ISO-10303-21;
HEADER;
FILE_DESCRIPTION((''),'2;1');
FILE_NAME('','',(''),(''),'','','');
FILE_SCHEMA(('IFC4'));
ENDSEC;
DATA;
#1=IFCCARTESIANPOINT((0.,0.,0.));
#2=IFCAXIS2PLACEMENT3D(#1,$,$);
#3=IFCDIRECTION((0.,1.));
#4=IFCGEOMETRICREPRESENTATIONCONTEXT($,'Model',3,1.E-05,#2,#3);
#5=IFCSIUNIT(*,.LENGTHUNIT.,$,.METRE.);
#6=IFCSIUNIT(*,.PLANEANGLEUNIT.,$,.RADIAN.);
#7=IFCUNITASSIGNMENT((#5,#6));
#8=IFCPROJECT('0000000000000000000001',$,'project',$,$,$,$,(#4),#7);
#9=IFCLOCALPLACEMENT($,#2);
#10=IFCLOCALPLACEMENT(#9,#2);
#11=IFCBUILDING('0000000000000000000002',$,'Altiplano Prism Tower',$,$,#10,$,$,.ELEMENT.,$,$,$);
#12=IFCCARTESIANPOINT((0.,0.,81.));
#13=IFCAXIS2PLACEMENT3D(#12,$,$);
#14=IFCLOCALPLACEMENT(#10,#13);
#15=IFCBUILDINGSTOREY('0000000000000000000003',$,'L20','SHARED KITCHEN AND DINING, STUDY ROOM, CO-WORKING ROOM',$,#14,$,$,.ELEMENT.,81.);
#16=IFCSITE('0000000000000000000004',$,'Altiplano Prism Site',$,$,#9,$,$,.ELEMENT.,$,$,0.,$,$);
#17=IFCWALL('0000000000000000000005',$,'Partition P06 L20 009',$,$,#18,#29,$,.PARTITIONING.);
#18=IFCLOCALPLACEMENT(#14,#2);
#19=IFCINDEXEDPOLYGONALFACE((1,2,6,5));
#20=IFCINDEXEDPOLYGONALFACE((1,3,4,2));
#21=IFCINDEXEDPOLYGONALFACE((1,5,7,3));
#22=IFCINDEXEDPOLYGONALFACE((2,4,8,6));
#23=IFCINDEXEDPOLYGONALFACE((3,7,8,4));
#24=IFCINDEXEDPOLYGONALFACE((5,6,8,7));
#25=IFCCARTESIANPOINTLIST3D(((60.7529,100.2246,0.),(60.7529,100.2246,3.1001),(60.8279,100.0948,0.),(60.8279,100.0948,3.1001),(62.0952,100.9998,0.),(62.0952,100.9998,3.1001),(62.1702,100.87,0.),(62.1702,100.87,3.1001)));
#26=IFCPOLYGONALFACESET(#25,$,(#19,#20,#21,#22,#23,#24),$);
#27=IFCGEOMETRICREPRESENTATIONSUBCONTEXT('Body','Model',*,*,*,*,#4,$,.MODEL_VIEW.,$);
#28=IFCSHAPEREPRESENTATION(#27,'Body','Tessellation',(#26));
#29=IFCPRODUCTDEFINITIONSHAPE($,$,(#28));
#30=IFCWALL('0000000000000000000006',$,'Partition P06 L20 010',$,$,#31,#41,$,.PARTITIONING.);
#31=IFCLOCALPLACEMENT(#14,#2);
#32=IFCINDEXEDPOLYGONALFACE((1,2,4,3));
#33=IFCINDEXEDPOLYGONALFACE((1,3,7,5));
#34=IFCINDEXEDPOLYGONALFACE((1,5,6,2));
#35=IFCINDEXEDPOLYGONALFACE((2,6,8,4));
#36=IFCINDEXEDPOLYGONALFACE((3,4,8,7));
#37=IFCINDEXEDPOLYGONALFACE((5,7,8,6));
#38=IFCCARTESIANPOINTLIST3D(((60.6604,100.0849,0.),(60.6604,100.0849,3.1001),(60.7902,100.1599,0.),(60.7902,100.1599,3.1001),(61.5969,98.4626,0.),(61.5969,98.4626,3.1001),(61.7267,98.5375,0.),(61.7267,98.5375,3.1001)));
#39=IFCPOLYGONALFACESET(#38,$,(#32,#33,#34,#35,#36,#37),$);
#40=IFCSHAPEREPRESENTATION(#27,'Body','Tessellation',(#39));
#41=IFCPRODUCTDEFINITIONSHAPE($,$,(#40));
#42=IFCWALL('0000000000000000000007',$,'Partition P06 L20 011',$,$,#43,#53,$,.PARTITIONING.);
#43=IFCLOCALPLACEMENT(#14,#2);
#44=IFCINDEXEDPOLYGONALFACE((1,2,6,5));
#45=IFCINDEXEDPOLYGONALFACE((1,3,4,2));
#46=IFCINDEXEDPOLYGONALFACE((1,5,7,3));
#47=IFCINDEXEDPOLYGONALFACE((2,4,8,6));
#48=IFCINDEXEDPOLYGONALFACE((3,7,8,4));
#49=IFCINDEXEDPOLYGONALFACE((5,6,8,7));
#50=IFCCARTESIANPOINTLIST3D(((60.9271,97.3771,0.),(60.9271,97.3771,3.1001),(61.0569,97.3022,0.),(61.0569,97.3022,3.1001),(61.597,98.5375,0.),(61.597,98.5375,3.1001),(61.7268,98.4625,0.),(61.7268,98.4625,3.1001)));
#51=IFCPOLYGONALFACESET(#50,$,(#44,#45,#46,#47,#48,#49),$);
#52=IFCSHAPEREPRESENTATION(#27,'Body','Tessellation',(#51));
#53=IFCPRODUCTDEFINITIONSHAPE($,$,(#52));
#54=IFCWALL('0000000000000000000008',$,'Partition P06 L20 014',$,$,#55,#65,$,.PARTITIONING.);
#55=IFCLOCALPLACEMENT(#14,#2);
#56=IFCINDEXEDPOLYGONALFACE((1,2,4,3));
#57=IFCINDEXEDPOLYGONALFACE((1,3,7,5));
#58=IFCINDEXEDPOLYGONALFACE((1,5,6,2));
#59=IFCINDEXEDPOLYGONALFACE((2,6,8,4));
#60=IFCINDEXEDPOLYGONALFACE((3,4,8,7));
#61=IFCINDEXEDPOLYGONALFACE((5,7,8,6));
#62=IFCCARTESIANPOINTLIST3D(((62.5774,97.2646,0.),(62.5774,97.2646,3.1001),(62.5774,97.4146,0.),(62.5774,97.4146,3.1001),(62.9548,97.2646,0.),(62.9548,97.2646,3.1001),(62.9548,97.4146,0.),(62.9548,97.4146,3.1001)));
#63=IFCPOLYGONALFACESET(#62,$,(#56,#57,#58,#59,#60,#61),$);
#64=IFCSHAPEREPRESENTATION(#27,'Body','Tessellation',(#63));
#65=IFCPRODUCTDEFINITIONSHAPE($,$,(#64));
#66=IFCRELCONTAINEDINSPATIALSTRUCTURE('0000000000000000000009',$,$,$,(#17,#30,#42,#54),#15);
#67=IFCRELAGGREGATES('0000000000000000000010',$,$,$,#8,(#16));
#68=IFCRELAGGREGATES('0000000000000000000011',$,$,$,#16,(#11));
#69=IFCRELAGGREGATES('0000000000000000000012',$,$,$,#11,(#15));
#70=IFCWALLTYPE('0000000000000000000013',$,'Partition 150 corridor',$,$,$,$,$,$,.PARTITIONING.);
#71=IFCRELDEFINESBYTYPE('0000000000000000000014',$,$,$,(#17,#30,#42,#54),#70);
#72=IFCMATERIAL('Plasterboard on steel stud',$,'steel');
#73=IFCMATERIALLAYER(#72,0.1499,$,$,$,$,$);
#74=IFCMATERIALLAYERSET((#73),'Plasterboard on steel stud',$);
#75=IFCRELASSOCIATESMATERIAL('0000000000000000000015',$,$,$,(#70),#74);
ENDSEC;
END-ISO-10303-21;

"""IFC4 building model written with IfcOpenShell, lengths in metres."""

from ifc_helpers import new_model, si_unit, direction, frame, frame_2d, origin, place, context, subcontext, project, spatial, rectangle, extrude, material, layer, layer_set, type_object, element, save


model = new_model("IFC4")

# Units and contexts
model_context = context("Model", 3, precision=1e-05, world=origin(), true_north=direction((0.0, 1.0)))
body_context = subcontext(model_context, "Body", "Model", "MODEL_VIEW")
ifc_project = project(units=[si_unit("LENGTHUNIT", "METRE"), si_unit("PLANEANGLEUNIT", "RADIAN")], contexts=[model_context])

# Site, building, storey
site_placement = place(None, origin())
site = spatial("IfcSite", under=ifc_project, at=site_placement, Name="Altiplano Prism Site", CompositionType="ELEMENT", RefElevation=0.0)
building_placement = place(site_placement, origin())
building = spatial("IfcBuilding", under=site, at=building_placement, Name="Altiplano Prism Tower", CompositionType="ELEMENT")
storey_placement = place(building_placement, frame((0.0, 0.0, 81.0)))
storey = spatial("IfcBuildingStorey", under=building, at=storey_placement, Name="L20", Description="SHARED KITCHEN AND DINING, STUDY ROOM, CO-WORKING ROOM", CompositionType="ELEMENT", Elevation=81.0)

# Shared definitions
ifc_material_1 = material(Name="Plasterboard on steel stud", Category="steel")
ifc_layer_1 = layer(ifc_material_1, 0.1499)
ifc_layer_set_1 = layer_set([ifc_layer_1], Name="Plasterboard on steel stud")
wall_type_1 = type_object("IfcWallType", Name="Partition 150 corridor", PredefinedType="PARTITIONING", material=ifc_layer_set_1)

# Walls
wall_1_placement = place(storey_placement, frame((62.1326, 100.9348, 0.0), z_axis=(0.0, 0.0, 1.0), x_axis=(-0.865976, -0.500086, 0.0)))
element("IfcWall", 1, at=wall_1_placement, inside=storey, type_object=wall_type_1, Name="Partition P06 L20 009", PredefinedType="PARTITIONING", context=body_context, shape_type="SweptSolid", body=[
    extrude(rectangle(XDim=1.55, YDim=0.1499, at=frame_2d((0.7749, 0.0))), origin(), (0.0, 0.0, 1.0), 3.1001),
])
wall_2_placement = place(storey_placement, frame((60.7253, 100.1223, 0.0), z_axis=(0.0, 0.0, 1.0), x_axis=(0.499952, -0.866053, 0.0)))
element("IfcWall", 2, at=wall_2_placement, inside=storey, type_object=wall_type_1, Name="Partition P06 L20 010", PredefinedType="PARTITIONING", context=body_context, shape_type="SweptSolid", body=[
    extrude(rectangle(XDim=1.8733, YDim=0.1499, at=frame_2d((0.9365, 0.0))), origin(), (0.0, 0.0, 1.0), 3.1001),
])
wall_3_placement = place(storey_placement, frame((61.6619, 98.5, 0.0), z_axis=(0.0, 0.0, 1.0), x_axis=(-0.49998, -0.866037, 0.0)))
element("IfcWall", 3, at=wall_3_placement, inside=storey, type_object=wall_type_1, Name="Partition P06 L20 011", PredefinedType="PARTITIONING", context=body_context, shape_type="SweptSolid", body=[
    extrude(rectangle(XDim=1.3398, YDim=0.1499, at=frame_2d((0.6699, 0.0))), origin(), (0.0, 0.0, 1.0), 3.1001),
])
wall_4_placement = place(storey_placement, frame((62.5774, 97.3396, 0.0), z_axis=(0.0, 0.0, 1.0), x_axis=(1.0, 0.0, 0.0)))
element("IfcWall", 4, at=wall_4_placement, inside=storey, type_object=wall_type_1, Name="Partition P06 L20 014", PredefinedType="PARTITIONING", context=body_context, shape_type="SweptSolid", body=[
    extrude(rectangle(XDim=0.3774, YDim=0.1499, at=frame_2d((0.1887, 0.0))), origin(), (0.0, 0.0, 1.0), 3.1001),
])

save(model, "model.ifc")
